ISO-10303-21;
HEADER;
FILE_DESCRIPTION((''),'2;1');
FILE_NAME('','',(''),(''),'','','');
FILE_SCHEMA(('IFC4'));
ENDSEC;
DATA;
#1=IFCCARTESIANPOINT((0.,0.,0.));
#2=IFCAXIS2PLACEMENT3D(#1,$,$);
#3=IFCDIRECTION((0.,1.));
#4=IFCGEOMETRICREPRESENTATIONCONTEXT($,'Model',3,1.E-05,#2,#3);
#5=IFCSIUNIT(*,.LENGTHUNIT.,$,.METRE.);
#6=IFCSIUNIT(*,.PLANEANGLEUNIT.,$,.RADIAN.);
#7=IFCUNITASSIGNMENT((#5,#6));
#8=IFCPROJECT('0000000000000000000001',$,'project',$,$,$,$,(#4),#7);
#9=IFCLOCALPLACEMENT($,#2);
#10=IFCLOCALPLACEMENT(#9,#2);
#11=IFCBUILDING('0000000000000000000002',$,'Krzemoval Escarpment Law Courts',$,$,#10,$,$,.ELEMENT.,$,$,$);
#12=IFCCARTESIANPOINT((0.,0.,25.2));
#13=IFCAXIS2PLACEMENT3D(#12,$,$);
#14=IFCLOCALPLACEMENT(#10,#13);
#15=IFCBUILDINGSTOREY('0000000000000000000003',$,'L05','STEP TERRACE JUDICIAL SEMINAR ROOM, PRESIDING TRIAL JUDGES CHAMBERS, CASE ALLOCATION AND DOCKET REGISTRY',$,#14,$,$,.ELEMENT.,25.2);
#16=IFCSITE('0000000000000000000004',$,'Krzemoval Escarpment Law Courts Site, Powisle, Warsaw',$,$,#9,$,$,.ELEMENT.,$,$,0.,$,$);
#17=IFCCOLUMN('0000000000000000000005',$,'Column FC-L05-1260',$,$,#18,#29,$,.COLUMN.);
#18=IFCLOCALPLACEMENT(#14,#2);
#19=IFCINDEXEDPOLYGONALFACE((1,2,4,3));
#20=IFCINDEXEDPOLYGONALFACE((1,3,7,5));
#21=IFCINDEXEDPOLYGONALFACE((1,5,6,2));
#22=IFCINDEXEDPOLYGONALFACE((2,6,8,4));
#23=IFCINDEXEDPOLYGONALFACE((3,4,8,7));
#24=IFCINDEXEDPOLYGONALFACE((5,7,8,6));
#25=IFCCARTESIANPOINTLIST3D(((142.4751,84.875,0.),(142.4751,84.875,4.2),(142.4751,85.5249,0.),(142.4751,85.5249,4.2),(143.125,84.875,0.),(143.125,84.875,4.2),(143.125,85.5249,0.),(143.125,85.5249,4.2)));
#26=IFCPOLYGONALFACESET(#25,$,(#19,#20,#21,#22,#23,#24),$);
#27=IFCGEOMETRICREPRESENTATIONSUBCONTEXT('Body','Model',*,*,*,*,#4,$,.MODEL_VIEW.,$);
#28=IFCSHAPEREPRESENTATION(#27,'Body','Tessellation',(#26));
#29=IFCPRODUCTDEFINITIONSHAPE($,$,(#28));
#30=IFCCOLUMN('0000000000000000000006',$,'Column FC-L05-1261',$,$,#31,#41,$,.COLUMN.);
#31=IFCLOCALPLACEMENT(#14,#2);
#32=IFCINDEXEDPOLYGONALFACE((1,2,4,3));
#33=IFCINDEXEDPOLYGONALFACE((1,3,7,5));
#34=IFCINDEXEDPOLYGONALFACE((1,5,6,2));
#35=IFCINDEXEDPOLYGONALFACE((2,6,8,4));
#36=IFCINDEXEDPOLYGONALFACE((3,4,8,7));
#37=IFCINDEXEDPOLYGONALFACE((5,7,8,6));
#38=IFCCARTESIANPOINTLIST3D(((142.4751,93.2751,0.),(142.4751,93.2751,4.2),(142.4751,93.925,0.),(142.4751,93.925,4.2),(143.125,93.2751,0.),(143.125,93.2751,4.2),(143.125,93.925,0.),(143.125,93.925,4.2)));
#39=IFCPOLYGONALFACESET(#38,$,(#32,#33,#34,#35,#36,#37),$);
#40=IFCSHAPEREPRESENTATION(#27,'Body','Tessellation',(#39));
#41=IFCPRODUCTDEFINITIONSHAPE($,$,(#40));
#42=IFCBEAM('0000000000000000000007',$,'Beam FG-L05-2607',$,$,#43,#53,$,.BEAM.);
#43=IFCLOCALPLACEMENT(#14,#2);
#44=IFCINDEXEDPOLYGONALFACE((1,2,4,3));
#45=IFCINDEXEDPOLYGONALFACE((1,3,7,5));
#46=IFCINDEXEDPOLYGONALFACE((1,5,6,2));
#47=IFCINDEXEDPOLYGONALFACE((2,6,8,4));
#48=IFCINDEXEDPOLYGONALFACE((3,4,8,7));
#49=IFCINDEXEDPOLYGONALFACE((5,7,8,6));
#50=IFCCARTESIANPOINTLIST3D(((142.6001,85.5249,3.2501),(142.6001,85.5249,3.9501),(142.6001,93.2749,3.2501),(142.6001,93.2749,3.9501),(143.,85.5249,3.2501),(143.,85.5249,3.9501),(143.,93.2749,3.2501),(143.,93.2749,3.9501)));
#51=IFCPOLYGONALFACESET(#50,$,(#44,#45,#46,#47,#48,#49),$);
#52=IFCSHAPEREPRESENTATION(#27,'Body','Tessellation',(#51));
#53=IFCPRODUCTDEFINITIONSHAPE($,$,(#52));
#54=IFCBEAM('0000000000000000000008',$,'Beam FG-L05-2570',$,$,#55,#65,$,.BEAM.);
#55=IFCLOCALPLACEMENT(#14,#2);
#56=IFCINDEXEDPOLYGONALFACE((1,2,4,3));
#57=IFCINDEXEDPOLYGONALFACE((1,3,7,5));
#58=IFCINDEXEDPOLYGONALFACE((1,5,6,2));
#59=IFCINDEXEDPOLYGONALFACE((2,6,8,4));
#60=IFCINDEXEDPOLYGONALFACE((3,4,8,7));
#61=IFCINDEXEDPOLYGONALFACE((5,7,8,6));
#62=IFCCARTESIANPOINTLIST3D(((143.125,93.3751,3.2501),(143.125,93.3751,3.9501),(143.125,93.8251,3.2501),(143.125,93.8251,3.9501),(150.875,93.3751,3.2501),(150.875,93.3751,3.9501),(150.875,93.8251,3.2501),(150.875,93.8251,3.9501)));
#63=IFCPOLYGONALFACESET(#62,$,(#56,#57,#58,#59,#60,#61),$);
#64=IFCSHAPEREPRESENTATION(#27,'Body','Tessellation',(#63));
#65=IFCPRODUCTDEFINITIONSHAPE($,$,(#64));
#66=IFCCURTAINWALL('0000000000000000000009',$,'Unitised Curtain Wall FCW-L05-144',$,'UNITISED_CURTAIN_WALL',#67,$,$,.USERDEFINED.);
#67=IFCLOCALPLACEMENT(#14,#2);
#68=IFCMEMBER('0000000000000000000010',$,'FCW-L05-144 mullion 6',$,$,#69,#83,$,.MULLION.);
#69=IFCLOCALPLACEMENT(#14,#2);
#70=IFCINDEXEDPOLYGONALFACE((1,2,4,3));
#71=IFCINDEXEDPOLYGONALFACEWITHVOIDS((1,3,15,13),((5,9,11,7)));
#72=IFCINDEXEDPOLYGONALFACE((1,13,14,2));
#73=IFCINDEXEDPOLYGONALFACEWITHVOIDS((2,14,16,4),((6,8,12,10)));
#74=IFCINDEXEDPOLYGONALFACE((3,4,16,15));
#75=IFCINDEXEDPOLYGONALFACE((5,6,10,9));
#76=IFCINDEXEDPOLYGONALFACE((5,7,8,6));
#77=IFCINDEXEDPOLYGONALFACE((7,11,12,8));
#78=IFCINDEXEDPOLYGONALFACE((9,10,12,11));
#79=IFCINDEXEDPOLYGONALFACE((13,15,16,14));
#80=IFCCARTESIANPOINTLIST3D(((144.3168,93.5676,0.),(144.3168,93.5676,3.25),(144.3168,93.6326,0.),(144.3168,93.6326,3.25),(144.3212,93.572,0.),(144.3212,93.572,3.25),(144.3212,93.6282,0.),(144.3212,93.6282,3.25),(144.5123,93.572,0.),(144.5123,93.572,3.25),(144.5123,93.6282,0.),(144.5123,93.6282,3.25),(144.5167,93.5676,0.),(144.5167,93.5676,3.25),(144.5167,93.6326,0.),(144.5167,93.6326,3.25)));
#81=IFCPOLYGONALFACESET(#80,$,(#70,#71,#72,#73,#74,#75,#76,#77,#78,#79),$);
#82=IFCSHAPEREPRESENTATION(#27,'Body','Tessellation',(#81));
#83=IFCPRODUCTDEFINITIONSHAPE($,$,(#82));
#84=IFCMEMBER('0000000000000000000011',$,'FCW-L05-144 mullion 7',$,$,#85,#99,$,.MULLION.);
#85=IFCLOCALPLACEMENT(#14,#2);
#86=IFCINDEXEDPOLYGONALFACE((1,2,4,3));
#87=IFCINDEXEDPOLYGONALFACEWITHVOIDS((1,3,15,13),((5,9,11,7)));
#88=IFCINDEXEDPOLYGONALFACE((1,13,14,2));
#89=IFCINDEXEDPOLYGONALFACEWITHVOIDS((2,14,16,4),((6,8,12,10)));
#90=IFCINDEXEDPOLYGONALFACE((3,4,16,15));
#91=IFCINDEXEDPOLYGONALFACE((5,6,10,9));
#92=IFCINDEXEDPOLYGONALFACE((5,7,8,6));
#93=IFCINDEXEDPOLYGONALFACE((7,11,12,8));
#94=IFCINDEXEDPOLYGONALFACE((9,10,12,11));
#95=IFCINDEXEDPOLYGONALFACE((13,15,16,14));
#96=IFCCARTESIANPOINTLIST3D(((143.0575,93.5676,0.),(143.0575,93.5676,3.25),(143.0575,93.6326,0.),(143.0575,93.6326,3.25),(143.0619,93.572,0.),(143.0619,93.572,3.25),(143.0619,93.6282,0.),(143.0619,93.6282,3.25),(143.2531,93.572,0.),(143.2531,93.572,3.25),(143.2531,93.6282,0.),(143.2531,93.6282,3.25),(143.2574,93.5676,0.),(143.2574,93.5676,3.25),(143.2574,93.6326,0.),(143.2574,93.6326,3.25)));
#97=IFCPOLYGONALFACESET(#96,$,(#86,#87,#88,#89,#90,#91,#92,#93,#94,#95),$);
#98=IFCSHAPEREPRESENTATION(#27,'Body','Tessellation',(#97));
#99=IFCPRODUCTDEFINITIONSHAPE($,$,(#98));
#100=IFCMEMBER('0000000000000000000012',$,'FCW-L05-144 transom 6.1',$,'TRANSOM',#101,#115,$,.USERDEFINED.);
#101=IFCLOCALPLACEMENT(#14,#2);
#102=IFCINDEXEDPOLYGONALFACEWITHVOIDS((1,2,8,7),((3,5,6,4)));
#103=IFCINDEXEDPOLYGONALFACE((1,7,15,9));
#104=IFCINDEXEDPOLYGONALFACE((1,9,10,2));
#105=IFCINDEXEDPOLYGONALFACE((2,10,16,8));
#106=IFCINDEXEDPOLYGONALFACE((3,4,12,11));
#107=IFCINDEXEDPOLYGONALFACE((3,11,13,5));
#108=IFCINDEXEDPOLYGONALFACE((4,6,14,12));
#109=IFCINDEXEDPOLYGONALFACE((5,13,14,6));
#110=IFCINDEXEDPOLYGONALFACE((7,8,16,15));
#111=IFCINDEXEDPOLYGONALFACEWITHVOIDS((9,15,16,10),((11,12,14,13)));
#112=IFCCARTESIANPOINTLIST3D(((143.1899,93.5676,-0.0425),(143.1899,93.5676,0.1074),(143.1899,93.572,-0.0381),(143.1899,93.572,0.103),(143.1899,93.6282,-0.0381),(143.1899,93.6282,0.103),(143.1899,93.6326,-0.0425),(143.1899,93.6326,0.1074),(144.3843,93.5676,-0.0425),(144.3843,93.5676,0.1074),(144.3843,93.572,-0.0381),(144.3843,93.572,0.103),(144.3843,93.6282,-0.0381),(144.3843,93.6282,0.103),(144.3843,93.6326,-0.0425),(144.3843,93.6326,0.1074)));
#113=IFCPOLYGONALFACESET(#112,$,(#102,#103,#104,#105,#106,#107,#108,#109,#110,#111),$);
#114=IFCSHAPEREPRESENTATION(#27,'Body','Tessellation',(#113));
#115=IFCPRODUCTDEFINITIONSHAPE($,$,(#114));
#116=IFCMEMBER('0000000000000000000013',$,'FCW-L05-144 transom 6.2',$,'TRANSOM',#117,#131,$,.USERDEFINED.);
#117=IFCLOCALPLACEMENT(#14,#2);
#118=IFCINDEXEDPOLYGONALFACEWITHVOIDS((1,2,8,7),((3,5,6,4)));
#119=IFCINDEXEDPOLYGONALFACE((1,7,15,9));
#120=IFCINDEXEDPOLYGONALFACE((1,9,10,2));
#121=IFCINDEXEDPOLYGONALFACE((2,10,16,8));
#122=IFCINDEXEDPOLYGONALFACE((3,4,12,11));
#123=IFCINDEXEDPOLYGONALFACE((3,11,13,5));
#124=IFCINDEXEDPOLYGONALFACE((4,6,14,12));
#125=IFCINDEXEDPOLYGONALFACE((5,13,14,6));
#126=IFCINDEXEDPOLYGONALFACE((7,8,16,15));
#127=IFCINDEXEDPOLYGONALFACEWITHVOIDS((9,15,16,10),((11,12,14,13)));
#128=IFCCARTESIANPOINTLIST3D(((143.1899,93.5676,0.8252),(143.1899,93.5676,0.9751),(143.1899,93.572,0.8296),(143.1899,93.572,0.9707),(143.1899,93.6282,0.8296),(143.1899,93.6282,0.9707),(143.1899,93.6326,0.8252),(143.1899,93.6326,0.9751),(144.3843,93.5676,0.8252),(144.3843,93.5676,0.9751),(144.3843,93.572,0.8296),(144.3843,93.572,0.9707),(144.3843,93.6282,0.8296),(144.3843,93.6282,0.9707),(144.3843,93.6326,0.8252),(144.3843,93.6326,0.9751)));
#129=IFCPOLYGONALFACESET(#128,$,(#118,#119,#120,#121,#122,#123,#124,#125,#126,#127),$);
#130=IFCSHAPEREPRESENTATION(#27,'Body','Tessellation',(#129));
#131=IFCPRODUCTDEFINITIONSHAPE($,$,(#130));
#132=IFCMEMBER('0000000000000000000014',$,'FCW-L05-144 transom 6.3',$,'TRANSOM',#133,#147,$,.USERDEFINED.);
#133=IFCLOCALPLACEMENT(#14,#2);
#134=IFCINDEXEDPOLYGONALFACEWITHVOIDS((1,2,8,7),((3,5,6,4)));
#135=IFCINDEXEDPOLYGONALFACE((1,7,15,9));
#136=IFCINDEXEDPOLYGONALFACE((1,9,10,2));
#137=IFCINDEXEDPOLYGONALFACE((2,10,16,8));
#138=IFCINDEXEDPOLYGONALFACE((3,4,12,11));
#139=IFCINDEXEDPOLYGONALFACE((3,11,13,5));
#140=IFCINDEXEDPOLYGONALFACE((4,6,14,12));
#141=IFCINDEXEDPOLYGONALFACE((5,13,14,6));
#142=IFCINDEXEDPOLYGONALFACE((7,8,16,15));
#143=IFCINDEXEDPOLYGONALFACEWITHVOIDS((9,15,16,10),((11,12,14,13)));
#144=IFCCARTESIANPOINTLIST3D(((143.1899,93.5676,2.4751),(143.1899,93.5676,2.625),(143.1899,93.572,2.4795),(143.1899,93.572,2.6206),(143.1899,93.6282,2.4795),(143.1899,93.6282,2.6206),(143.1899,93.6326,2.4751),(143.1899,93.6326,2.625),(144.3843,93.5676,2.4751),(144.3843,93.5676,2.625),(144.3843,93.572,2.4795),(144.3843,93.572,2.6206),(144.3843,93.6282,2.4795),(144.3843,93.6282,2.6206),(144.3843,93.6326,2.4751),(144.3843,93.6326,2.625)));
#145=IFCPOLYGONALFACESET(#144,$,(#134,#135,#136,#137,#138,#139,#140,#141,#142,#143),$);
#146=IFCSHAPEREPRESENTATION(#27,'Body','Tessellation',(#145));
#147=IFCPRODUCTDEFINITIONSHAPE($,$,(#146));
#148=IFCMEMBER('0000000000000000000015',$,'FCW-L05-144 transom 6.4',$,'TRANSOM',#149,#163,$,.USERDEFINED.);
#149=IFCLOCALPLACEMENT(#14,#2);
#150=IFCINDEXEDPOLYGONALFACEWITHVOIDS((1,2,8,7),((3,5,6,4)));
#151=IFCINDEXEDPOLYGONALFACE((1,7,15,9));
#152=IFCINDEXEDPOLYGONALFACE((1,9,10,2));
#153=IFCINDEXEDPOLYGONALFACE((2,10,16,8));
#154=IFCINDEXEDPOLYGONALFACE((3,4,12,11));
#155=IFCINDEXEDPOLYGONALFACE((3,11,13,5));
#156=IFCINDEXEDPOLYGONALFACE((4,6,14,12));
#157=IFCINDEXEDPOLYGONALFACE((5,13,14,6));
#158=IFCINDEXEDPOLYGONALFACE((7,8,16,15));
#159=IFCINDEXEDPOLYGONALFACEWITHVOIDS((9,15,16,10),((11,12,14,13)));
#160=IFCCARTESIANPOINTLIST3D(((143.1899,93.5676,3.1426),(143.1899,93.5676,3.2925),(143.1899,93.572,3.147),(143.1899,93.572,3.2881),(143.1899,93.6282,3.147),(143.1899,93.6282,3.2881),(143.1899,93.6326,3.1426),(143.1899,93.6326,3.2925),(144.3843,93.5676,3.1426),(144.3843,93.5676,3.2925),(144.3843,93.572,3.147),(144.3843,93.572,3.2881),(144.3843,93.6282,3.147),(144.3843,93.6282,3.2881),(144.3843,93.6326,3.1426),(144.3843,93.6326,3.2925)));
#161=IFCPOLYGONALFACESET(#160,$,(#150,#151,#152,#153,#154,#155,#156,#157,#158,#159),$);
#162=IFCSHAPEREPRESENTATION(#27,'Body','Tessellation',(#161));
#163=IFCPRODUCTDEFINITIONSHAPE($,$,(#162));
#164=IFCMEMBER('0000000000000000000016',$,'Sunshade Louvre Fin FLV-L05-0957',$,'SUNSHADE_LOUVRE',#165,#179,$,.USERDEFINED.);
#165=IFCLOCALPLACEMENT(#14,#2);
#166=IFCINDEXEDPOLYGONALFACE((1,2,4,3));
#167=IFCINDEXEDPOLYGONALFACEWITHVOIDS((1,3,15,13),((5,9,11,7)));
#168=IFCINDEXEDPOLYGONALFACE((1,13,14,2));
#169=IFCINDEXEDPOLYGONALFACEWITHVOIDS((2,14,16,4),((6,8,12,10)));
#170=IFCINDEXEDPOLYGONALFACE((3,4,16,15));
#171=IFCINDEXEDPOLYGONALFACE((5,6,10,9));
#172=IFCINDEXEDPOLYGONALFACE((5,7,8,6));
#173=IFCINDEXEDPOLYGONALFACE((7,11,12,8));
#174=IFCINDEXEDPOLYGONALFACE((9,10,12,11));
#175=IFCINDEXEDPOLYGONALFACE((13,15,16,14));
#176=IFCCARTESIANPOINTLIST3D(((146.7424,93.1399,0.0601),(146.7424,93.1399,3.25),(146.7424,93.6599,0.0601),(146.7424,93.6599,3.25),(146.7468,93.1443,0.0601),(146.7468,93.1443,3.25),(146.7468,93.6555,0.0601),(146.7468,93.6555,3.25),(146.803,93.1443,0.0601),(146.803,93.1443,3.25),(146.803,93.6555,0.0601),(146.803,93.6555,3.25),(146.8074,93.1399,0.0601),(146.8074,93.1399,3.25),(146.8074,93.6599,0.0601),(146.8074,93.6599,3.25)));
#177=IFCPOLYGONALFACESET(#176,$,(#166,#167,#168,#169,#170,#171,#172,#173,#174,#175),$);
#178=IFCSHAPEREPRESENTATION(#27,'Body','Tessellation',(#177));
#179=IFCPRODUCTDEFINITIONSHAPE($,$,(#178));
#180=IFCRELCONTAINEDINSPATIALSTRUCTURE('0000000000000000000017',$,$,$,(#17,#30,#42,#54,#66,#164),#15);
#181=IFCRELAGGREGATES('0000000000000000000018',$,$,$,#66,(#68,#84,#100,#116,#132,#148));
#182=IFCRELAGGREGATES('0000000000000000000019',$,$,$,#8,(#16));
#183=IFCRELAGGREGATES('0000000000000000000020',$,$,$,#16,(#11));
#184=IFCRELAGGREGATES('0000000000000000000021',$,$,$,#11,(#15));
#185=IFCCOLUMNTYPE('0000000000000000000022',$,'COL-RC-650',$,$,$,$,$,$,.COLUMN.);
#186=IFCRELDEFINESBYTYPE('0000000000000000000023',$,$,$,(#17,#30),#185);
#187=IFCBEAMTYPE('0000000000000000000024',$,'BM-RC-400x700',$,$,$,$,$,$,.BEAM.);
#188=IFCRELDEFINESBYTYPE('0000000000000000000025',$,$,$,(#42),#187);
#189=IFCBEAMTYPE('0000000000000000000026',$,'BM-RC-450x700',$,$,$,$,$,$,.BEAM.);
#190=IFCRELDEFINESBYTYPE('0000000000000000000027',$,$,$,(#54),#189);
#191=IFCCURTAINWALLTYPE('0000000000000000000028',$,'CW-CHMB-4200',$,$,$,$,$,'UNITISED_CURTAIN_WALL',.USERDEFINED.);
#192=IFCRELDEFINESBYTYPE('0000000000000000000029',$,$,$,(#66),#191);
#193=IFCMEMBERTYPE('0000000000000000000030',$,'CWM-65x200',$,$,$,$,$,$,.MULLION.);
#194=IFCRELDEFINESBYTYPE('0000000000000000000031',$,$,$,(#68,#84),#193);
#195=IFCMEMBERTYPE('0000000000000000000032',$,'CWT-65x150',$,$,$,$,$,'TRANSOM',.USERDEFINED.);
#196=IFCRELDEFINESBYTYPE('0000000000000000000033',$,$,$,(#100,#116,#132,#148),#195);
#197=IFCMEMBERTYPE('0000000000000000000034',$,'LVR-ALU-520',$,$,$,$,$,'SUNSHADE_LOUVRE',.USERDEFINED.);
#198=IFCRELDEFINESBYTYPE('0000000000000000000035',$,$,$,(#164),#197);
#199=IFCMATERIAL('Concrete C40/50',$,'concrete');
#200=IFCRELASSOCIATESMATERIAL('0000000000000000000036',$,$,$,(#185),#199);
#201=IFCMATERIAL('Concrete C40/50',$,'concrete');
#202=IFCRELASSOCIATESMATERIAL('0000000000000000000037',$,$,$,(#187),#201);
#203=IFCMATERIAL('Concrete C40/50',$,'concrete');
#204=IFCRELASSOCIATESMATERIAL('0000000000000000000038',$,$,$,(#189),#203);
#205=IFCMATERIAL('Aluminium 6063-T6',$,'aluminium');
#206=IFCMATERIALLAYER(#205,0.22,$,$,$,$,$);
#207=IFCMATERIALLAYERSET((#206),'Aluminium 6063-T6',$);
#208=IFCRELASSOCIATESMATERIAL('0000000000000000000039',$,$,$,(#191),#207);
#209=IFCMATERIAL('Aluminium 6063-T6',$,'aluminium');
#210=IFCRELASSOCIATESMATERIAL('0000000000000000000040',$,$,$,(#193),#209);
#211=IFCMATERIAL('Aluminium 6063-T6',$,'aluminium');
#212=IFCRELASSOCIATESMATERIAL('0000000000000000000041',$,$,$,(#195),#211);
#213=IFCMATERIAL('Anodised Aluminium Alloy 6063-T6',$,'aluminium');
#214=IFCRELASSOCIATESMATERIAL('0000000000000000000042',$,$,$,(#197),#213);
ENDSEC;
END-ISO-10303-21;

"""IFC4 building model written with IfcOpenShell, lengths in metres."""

from ifc_helpers import new_model, si_unit, direction, frame, origin, origin_2d, place, context, subcontext, project, spatial, rectangle, hollow_rectangle, extrude, material, layer, layer_set, material_profile, profile_set, type_object, element, aggregate, save


model = new_model("IFC4")

# Units and contexts
model_context = context("Model", 3, precision=1e-05, world=origin(), true_north=direction((0.0, 1.0)))
body_context = subcontext(model_context, "Body", "Model", "MODEL_VIEW")
ifc_project = project(units=[si_unit("LENGTHUNIT", "METRE"), si_unit("PLANEANGLEUNIT", "RADIAN")], contexts=[model_context])

# Site, building, storey
site_placement = place(None, origin())
site = spatial("IfcSite", under=ifc_project, at=site_placement, Name="Krzemoval Escarpment Law Courts Site, Powisle, Warsaw", CompositionType="ELEMENT", RefElevation=0.0)
building_placement = place(site_placement, origin())
building = spatial("IfcBuilding", under=site, at=building_placement, Name="Krzemoval Escarpment Law Courts", CompositionType="ELEMENT")
storey_placement = place(building_placement, frame((0.0, 0.0, 25.2)))
storey = spatial("IfcBuildingStorey", under=building, at=storey_placement, Name="L05", Description="STEP TERRACE JUDICIAL SEMINAR ROOM, PRESIDING TRIAL JUDGES CHAMBERS, CASE ALLOCATION AND DOCKET REGISTRY", CompositionType="ELEMENT", Elevation=25.2)

# Columns
ifc_material_1 = material(Name="Concrete C40/50", Category="concrete")
ifc_material_profile_1 = material_profile(ifc_material_1, rectangle(XDim=0.6499, YDim=0.6499, at=origin_2d()), Name="RC 650x650")
ifc_profile_set_1 = profile_set([ifc_material_profile_1], Name="Concrete C40/50")
column_type = type_object("IfcColumnType", Name="COL-RC-650", PredefinedType="COLUMN", material=ifc_profile_set_1)
for number, where, z_axis, x_axis, name in (
    (1, (142.8, 85.2, 0.0), (0.0, 0.0, 1.0), (1.0, 0.0, 0.0), "Column FC-L05-1260"),
    (2, (142.8, 93.6001, 0.0), (0.0, 0.0, 1.0), (1.0, 0.0, 0.0), "Column FC-L05-1261"),
):
    element("IfcColumn", number, at=place(storey_placement, frame(where, z_axis=z_axis, x_axis=x_axis)), inside=storey, type_object=column_type, Name=name, PredefinedType="COLUMN", context=body_context, shape_type="SweptSolid", body=[
        extrude(rectangle(XDim=0.6499, YDim=0.6499, at=origin_2d()), origin(), (0.0, 0.0, 1.0), 4.2),
    ])

# Beams
ifc_material_2 = material(Name="Concrete C40/50", Category="concrete")
ifc_material_profile_2 = material_profile(ifc_material_2, rectangle(XDim=0.3999, YDim=0.7, at=origin_2d()), Name="RCB 400x700")
ifc_profile_set_2 = profile_set([ifc_material_profile_2], Name="Concrete C40/50")
beam_type_1 = type_object("IfcBeamType", Name="BM-RC-400x700", PredefinedType="BEAM", material=ifc_profile_set_2)
beam_1_placement = place(storey_placement, frame((142.8, 85.5249, 3.6001), z_axis=(0.0, 1.0, 0.0), x_axis=(-1.0, 0.0, 0.0)))
element("IfcBeam", 3, at=beam_1_placement, inside=storey, type_object=beam_type_1, Name="Beam FG-L05-2607", PredefinedType="BEAM", context=body_context, shape_type="SweptSolid", body=[
    extrude(rectangle(XDim=0.3999, YDim=0.7, at=origin_2d()), origin(), (0.0, 0.0, 1.0), 7.75),
])
ifc_material_3 = material(Name="Concrete C40/50", Category="concrete")
ifc_material_profile_3 = material_profile(ifc_material_3, rectangle(XDim=0.45, YDim=0.7, at=origin_2d()), Name="RCB 450x700")
ifc_profile_set_3 = profile_set([ifc_material_profile_3], Name="Concrete C40/50")
beam_type_2 = type_object("IfcBeamType", Name="BM-RC-450x700", PredefinedType="BEAM", material=ifc_profile_set_3)
beam_2_placement = place(storey_placement, frame((143.125, 93.6001, 3.6001), z_axis=(1.0, 0.0, 0.0), x_axis=(0.0, 1.0, 0.0)))
element("IfcBeam", 4, at=beam_2_placement, inside=storey, type_object=beam_type_2, Name="Beam FG-L05-2570", PredefinedType="BEAM", context=body_context, shape_type="SweptSolid", body=[
    extrude(rectangle(XDim=0.45, YDim=0.7, at=origin_2d()), origin(), (0.0, 0.0, 1.0), 7.75),
])

# Curtain wall, members
ifc_material_4 = material(Name="Aluminium 6063-T6", Category="aluminium")
ifc_layer_1 = layer(ifc_material_4, 0.22)
ifc_layer_set_1 = layer_set([ifc_layer_1], Name="Aluminium 6063-T6")
curtain_wall_type = type_object("IfcCurtainWallType", Name="CW-CHMB-4200", ElementType="UNITISED_CURTAIN_WALL", PredefinedType="USERDEFINED", material=ifc_layer_set_1)
curtain_wall_placement = place(storey_placement, origin())
curtain_wall = element("IfcCurtainWall", 5, at=curtain_wall_placement, inside=storey, type_object=curtain_wall_type, Name="Unitised Curtain Wall FCW-L05-144", ObjectType="UNITISED_CURTAIN_WALL", PredefinedType="USERDEFINED")
ifc_material_5 = material(Name="Aluminium 6063-T6", Category="aluminium")
ifc_material_profile_4 = material_profile(ifc_material_5, hollow_rectangle(XDim=0.0649, YDim=0.2, WallThickness=0.0044, at=origin_2d()), Name="ALU M65x200")
ifc_profile_set_4 = profile_set([ifc_material_profile_4], Name="Aluminium 6063-T6")
member_type_1 = type_object("IfcMemberType", Name="CWM-65x200", PredefinedType="MULLION", material=ifc_profile_set_4)
member_1_placement = place(storey_placement, frame((144.4167, 93.6001, 0.0), z_axis=(0.0, 0.0, 1.0), x_axis=(0.0, -1.0, 0.0)))
member_1 = element("IfcMember", 6, at=member_1_placement, type_object=member_type_1, Name="FCW-L05-144 mullion 6", PredefinedType="MULLION", context=body_context, shape_type="SweptSolid", body=[
    extrude(hollow_rectangle(XDim=0.0649, YDim=0.2, WallThickness=0.0044, at=origin_2d()), origin(), (0.0, 0.0, 1.0), 3.25),
])
member_2_placement = place(storey_placement, frame((143.1575, 93.6001, 0.0), z_axis=(0.0, 0.0, 1.0), x_axis=(0.0, -1.0, 0.0)))
member_2 = element("IfcMember", 7, at=member_2_placement, type_object=member_type_1, Name="FCW-L05-144 mullion 7", PredefinedType="MULLION", context=body_context, shape_type="SweptSolid", body=[
    extrude(hollow_rectangle(XDim=0.0649, YDim=0.2, WallThickness=0.0044, at=origin_2d()), origin(), (0.0, 0.0, 1.0), 3.25),
])
ifc_material_6 = material(Name="Aluminium 6063-T6", Category="aluminium")
ifc_material_profile_5 = material_profile(ifc_material_6, hollow_rectangle(XDim=0.0649, YDim=0.1499, WallThickness=0.0044, at=origin_2d()), Name="ALU T65x150")
ifc_profile_set_5 = profile_set([ifc_material_profile_5], Name="Aluminium 6063-T6")
member_type_2 = type_object("IfcMemberType", Name="CWT-65x150", ElementType="TRANSOM", PredefinedType="USERDEFINED", material=ifc_profile_set_5)
member_3_placement = place(storey_placement, frame((144.3843, 93.6001, 0.0325), z_axis=(-1.0, 0.0, 0.0), x_axis=(0.0, -1.0, 0.0)))
member_3 = element("IfcMember", 8, at=member_3_placement, type_object=member_type_2, Name="FCW-L05-144 transom 6.1", ObjectType="TRANSOM", PredefinedType="USERDEFINED", context=body_context, shape_type="SweptSolid", body=[
    extrude(hollow_rectangle(XDim=0.0649, YDim=0.1499, WallThickness=0.0044, at=origin_2d()), origin(), (0.0, 0.0, 1.0), 1.1943),
])
member_4_placement = place(storey_placement, frame((144.3843, 93.6001, 0.9001), z_axis=(-1.0, 0.0, 0.0), x_axis=(0.0, -1.0, 0.0)))
member_4 = element("IfcMember", 9, at=member_4_placement, type_object=member_type_2, Name="FCW-L05-144 transom 6.2", ObjectType="TRANSOM", PredefinedType="USERDEFINED", context=body_context, shape_type="SweptSolid", body=[
    extrude(hollow_rectangle(XDim=0.0649, YDim=0.1499, WallThickness=0.0044, at=origin_2d()), origin(), (0.0, 0.0, 1.0), 1.1943),
])
member_5_placement = place(storey_placement, frame((144.3843, 93.6001, 2.55), z_axis=(-1.0, 0.0, 0.0), x_axis=(0.0, -1.0, 0.0)))
member_5 = element("IfcMember", 10, at=member_5_placement, type_object=member_type_2, Name="FCW-L05-144 transom 6.3", ObjectType="TRANSOM", PredefinedType="USERDEFINED", context=body_context, shape_type="SweptSolid", body=[
    extrude(hollow_rectangle(XDim=0.0649, YDim=0.1499, WallThickness=0.0044, at=origin_2d()), origin(), (0.0, 0.0, 1.0), 1.1943),
])
member_6_placement = place(storey_placement, frame((144.3843, 93.6001, 3.2175), z_axis=(-1.0, 0.0, 0.0), x_axis=(0.0, -1.0, 0.0)))
member_6 = element("IfcMember", 11, at=member_6_placement, type_object=member_type_2, Name="FCW-L05-144 transom 6.4", ObjectType="TRANSOM", PredefinedType="USERDEFINED", context=body_context, shape_type="SweptSolid", body=[
    extrude(hollow_rectangle(XDim=0.0649, YDim=0.1499, WallThickness=0.0044, at=origin_2d()), origin(), (0.0, 0.0, 1.0), 1.1943),
])

# Member
ifc_material_7 = material(Name="Anodised Aluminium Alloy 6063-T6", Category="aluminium")
ifc_material_profile_6 = material_profile(ifc_material_7, hollow_rectangle(XDim=0.0649, YDim=0.52, WallThickness=0.0044, at=origin_2d()), Name="ALU LVR 65x520")
ifc_profile_set_6 = profile_set([ifc_material_profile_6], Name="Anodised Aluminium Alloy 6063-T6")
member_type_3 = type_object("IfcMemberType", Name="LVR-ALU-520", ElementType="SUNSHADE_LOUVRE", PredefinedType="USERDEFINED", material=ifc_profile_set_6)
for number, where, z_axis, x_axis, name in (
    (12, (146.7749, 93.3999, 0.0601), (0.0, 0.0, 1.0), (1.0, 0.0, 0.0), "Sunshade Louvre Fin FLV-L05-0957"),
):
    element("IfcMember", number, at=place(storey_placement, frame(where, z_axis=z_axis, x_axis=x_axis)), inside=storey, type_object=member_type_3, Name=name, ObjectType="SUNSHADE_LOUVRE", PredefinedType="USERDEFINED", context=body_context, shape_type="SweptSolid", body=[
        extrude(hollow_rectangle(XDim=0.0649, YDim=0.52, WallThickness=0.0044, at=origin_2d()), origin(), (0.0, 0.0, 1.0), 3.1899),
    ])

aggregate(curtain_wall, [member_1, member_2, member_3, member_4, member_5, member_6])

save(model, "model.ifc")
